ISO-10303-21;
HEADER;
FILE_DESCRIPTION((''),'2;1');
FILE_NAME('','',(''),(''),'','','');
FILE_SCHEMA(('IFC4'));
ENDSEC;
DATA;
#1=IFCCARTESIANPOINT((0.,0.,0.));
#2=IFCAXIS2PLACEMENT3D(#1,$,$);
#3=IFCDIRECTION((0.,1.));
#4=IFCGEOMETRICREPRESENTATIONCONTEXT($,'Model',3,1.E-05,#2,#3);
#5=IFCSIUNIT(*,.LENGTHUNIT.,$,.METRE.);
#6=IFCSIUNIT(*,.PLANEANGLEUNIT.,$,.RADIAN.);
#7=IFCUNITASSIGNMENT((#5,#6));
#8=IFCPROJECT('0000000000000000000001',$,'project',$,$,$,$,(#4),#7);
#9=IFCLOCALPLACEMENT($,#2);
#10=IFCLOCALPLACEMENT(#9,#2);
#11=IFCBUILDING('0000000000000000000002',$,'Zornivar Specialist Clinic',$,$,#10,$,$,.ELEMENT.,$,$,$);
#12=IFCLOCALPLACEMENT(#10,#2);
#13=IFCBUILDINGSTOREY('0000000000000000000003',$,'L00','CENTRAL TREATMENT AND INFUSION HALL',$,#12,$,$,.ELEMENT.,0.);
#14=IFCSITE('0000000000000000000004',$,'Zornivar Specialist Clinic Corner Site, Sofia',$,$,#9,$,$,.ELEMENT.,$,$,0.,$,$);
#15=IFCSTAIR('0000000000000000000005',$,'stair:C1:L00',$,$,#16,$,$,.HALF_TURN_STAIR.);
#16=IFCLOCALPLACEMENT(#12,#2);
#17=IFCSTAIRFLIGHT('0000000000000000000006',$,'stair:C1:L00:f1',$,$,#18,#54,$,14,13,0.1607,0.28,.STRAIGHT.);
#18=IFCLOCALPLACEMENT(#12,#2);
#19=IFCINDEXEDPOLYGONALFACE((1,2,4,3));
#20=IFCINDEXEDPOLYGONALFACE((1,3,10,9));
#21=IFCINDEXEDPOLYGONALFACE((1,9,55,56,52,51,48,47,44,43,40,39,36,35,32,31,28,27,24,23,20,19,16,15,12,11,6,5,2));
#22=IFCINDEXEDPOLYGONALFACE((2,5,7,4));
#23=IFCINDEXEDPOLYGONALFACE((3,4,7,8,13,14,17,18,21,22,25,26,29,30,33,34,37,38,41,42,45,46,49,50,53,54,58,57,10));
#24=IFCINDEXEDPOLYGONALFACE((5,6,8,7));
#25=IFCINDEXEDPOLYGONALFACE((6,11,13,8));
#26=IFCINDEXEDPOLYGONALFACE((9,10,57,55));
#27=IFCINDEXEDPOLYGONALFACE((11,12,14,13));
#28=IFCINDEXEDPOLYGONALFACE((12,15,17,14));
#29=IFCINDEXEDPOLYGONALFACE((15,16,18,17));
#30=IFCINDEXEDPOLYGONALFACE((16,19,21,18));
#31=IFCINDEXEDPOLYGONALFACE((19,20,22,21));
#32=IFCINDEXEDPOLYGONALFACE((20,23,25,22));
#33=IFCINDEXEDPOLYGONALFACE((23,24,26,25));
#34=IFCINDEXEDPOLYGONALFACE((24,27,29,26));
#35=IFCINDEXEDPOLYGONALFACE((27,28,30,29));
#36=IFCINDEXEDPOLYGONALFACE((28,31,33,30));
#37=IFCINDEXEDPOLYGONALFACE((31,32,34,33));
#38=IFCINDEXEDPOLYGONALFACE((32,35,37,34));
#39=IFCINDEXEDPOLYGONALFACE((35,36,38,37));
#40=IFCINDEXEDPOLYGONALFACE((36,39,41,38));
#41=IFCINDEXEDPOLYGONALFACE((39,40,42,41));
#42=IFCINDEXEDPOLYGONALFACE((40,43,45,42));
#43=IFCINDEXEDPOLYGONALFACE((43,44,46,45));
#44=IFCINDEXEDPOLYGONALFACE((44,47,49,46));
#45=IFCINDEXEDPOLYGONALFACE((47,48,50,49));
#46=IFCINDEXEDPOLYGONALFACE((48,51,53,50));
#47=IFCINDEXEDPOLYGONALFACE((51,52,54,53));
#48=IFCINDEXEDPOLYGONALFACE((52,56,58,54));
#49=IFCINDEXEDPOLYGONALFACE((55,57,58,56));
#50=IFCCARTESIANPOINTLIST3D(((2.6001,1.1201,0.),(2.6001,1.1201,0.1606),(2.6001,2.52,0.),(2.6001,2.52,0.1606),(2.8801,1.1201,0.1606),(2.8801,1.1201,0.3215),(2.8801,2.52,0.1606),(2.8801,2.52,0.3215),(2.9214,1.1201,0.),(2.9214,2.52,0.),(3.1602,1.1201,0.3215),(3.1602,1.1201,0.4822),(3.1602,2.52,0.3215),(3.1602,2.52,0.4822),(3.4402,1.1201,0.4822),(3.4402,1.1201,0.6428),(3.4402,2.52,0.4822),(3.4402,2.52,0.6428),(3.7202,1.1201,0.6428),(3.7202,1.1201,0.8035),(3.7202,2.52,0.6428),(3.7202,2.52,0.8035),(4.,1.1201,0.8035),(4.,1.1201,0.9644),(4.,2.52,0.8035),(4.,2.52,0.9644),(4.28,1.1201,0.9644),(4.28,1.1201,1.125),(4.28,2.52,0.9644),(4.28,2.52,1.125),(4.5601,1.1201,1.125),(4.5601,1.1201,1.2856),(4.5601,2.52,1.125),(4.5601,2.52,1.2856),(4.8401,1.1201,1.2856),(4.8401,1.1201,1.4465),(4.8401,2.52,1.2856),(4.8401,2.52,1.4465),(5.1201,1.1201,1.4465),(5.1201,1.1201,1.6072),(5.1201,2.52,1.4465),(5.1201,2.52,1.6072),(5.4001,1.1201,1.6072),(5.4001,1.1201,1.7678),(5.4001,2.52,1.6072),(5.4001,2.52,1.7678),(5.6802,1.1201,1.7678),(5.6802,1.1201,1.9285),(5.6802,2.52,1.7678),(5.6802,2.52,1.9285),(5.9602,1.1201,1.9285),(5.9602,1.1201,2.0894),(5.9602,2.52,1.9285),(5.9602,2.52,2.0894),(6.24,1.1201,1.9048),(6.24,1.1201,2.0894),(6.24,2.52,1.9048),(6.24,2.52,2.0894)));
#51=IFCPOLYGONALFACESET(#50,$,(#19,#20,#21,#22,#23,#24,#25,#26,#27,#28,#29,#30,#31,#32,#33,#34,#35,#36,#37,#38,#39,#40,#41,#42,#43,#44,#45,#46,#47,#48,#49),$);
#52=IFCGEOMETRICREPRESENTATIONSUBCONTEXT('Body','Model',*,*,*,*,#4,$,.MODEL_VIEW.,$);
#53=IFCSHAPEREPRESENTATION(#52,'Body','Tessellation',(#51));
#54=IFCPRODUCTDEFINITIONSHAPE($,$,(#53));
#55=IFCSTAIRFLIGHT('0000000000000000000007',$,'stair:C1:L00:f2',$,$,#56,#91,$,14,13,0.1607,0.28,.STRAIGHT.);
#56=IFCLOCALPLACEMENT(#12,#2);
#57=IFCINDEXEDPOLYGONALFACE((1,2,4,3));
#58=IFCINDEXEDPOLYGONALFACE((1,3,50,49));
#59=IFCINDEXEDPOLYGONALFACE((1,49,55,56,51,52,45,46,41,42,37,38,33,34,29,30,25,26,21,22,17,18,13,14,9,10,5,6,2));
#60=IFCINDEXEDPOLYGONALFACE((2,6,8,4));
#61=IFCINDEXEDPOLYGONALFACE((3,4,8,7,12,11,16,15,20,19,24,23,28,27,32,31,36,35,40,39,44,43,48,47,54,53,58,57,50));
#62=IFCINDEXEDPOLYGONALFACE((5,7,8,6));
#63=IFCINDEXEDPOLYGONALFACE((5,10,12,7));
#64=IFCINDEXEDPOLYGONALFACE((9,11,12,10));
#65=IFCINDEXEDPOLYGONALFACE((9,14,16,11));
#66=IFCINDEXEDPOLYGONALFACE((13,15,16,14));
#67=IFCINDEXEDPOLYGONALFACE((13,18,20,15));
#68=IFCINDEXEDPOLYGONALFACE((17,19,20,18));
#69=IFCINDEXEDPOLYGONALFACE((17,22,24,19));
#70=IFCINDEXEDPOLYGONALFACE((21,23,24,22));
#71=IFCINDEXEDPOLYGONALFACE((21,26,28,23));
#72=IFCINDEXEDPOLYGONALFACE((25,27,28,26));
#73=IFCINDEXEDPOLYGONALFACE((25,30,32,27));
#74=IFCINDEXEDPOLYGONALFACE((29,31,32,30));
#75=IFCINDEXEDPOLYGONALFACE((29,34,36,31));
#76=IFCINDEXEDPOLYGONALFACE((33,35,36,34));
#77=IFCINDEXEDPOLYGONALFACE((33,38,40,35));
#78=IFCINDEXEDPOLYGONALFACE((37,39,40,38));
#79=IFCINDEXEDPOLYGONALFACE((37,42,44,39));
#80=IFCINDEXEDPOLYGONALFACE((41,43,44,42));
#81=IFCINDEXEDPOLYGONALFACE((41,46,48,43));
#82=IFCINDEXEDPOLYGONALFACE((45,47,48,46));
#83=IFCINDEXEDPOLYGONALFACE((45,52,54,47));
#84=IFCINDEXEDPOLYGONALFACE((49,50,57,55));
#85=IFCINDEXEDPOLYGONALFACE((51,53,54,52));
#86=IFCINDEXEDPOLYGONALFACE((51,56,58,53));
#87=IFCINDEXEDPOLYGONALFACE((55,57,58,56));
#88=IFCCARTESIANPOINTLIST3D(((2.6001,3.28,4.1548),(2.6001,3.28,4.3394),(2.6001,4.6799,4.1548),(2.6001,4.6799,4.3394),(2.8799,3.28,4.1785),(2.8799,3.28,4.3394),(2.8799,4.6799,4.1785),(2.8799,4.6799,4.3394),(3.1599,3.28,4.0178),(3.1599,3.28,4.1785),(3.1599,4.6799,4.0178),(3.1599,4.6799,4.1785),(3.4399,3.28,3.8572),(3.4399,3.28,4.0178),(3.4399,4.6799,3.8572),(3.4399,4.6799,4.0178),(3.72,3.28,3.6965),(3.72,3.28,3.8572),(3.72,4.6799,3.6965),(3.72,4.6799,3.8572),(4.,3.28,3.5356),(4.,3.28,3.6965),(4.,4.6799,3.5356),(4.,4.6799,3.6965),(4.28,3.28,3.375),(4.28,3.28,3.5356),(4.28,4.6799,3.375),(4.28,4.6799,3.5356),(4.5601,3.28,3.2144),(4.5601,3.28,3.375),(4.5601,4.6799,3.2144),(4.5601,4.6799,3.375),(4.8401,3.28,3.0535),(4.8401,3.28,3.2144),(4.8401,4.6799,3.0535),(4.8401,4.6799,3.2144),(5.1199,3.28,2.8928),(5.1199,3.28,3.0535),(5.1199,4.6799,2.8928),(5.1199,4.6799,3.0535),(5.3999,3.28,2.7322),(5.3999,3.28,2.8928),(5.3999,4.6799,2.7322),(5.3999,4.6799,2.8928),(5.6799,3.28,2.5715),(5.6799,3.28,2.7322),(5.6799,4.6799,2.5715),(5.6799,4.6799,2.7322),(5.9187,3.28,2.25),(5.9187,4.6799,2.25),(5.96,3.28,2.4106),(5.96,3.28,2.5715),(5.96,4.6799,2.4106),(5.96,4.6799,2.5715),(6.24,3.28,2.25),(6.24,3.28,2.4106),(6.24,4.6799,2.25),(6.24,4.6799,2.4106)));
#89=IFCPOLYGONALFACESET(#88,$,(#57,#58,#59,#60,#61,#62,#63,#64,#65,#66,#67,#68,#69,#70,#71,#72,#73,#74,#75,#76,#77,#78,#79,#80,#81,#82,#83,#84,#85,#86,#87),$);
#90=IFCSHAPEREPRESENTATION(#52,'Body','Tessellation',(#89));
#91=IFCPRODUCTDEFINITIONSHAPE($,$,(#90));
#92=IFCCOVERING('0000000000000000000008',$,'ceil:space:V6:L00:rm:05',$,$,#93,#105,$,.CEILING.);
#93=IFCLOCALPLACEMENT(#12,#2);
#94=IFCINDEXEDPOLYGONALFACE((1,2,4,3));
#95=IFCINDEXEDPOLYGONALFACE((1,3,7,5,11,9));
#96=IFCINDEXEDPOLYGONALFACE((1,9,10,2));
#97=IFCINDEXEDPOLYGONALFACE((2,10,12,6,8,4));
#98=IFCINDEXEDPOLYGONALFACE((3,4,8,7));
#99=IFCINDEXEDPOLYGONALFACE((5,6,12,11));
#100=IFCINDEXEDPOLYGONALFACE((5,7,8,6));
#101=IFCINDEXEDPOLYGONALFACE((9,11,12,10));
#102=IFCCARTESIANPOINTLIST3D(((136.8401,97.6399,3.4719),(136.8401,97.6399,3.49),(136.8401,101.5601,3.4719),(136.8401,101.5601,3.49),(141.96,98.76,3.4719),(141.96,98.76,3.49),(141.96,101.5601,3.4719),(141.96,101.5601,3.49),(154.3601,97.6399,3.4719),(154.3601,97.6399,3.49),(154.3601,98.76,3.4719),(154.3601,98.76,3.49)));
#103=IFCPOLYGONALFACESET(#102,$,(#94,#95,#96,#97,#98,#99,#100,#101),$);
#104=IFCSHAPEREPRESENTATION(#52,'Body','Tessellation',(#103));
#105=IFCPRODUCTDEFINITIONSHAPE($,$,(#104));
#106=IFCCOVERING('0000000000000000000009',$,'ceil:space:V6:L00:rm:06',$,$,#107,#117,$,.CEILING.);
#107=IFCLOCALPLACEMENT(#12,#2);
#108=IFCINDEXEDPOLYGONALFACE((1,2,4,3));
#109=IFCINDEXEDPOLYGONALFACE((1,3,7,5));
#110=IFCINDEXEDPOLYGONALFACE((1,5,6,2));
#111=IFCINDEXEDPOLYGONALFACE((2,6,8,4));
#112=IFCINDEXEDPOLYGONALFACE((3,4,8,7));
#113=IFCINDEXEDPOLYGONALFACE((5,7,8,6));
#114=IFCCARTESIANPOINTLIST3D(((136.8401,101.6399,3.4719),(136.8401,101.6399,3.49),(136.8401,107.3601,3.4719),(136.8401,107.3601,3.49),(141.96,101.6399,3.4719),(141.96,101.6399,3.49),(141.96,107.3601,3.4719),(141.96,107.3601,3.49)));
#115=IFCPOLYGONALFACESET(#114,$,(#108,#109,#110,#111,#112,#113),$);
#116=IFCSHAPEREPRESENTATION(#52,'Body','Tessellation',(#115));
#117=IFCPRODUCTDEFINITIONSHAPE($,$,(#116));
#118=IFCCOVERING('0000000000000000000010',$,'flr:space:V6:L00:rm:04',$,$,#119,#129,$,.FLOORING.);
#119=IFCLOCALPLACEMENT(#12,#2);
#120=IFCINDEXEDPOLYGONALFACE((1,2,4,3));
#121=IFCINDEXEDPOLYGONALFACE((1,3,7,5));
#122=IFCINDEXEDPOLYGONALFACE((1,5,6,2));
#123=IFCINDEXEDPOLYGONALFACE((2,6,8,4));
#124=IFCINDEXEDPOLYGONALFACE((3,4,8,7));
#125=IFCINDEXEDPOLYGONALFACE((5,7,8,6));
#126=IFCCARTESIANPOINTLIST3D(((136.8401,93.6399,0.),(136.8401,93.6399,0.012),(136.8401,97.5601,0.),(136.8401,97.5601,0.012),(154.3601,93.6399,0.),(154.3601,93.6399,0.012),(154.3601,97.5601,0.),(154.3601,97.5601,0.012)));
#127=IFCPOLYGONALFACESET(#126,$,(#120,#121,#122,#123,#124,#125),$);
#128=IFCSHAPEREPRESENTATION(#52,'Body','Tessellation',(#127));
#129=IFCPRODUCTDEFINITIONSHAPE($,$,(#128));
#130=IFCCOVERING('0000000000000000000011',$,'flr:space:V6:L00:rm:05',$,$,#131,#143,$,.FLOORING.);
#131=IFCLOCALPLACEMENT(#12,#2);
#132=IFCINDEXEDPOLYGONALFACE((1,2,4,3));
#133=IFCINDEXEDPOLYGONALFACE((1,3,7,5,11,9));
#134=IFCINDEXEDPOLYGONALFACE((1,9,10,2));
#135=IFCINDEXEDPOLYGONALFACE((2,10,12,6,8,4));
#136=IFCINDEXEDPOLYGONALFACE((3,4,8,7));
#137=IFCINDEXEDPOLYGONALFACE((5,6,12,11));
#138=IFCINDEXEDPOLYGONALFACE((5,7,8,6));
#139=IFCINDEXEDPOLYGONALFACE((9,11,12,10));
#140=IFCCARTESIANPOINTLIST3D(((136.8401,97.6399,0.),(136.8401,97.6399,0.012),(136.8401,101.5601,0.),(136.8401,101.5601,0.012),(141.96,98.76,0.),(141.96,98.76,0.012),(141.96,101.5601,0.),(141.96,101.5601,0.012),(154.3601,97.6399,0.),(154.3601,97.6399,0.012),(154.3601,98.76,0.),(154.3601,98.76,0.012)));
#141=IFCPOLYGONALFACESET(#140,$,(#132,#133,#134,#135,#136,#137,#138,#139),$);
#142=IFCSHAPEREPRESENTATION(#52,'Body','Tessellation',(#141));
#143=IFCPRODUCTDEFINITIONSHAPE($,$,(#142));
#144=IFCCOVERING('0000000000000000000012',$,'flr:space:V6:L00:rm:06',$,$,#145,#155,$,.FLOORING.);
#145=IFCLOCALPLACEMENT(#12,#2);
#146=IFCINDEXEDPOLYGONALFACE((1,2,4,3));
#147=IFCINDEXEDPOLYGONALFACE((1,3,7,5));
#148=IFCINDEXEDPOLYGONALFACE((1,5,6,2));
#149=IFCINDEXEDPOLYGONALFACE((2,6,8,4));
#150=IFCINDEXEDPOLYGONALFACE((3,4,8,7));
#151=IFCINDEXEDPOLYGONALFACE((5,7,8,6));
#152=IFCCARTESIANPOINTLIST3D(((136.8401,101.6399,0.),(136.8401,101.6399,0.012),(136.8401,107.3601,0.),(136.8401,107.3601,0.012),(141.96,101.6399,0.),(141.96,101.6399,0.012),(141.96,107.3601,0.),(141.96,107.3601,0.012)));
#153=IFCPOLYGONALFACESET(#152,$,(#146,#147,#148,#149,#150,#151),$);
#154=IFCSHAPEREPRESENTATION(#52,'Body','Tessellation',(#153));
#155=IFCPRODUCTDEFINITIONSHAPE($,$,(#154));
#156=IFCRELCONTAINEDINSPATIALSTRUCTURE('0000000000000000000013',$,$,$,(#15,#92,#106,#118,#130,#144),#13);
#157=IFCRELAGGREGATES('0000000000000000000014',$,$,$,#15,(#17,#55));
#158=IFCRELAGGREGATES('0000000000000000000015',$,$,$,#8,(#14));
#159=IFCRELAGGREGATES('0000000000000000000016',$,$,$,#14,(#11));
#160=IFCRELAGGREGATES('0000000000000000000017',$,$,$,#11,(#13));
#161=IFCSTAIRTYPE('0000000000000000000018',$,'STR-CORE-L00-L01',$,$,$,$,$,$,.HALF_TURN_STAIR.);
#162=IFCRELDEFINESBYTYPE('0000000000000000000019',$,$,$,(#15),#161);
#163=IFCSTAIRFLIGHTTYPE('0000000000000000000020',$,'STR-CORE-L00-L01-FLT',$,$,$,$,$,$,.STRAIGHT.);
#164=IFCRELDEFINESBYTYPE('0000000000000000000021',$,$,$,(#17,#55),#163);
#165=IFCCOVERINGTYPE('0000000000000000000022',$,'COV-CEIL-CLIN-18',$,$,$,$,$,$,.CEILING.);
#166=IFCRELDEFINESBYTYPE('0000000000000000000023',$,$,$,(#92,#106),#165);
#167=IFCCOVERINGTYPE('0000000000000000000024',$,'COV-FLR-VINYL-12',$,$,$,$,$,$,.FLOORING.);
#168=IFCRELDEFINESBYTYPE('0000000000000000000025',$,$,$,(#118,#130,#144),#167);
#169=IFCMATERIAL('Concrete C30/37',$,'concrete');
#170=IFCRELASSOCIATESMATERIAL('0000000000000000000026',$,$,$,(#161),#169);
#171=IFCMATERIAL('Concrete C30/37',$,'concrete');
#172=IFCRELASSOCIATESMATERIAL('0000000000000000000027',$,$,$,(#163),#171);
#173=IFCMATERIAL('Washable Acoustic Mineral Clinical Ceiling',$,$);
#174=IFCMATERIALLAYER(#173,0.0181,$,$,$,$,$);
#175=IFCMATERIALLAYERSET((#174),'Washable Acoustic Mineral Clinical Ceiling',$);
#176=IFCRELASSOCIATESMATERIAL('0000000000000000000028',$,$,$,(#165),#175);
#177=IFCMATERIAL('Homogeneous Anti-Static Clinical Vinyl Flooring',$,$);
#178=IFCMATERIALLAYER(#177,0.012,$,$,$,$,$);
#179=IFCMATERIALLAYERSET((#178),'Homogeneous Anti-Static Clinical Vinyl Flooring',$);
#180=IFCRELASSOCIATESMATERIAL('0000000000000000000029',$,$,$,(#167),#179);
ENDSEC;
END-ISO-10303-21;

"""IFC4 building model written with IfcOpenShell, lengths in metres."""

from ifc_helpers import new_model, si_unit, direction, frame, origin, place, context, subcontext, project, spatial, polyline, outline, extrude, material, layer, layer_set, type_object, element, aggregate, save


model = new_model("IFC4")

# Units and contexts
model_context = context("Model", 3, precision=1e-05, world=origin(), true_north=direction((0.0, 1.0)))
body_context = subcontext(model_context, "Body", "Model", "MODEL_VIEW")
ifc_project = project(units=[si_unit("LENGTHUNIT", "METRE"), si_unit("PLANEANGLEUNIT", "RADIAN")], contexts=[model_context])

# Site, building, storey
site_placement = place(None, origin())
site = spatial("IfcSite", under=ifc_project, at=site_placement, Name="Zornivar Specialist Clinic Corner Site, Sofia", CompositionType="ELEMENT", RefElevation=0.0)
building_placement = place(site_placement, origin())
building = spatial("IfcBuilding", under=site, at=building_placement, Name="Zornivar Specialist Clinic", CompositionType="ELEMENT")
storey_placement = place(building_placement, origin())
storey = spatial("IfcBuildingStorey", under=building, at=storey_placement, Name="L00", Description="CENTRAL TREATMENT AND INFUSION HALL", CompositionType="ELEMENT", Elevation=0.0)

# Stair, stair flights
ifc_material_1 = material(Name="Concrete C30/37", Category="concrete")
stair_type = type_object("IfcStairType", Name="STR-CORE-L00-L01", PredefinedType="HALF_TURN_STAIR", material=ifc_material_1)
stair_placement = place(storey_placement, origin())
stair = element("IfcStair", 1, at=stair_placement, inside=storey, type_object=stair_type, Name="stair:C1:L00", PredefinedType="HALF_TURN_STAIR")
ifc_material_2 = material(Name="Concrete C30/37", Category="concrete")
stair_flight_type = type_object("IfcStairFlightType", Name="STR-CORE-L00-L01-FLT", PredefinedType="STRAIGHT", material=ifc_material_2)
stair_flight_1_placement = place(storey_placement, frame((2.6001, 1.8201, 0.0), z_axis=(0.0, 0.0, 1.0), x_axis=(1.0, 0.0, 0.0)))
stair_flight_1 = element("IfcStairFlight", 2, at=stair_flight_1_placement, type_object=stair_flight_type, Name="stair:C1:L00:f1", NumberOfRisers=14, NumberOfTreads=13, PredefinedType="STRAIGHT", RiserHeight=0.1607, TreadLength=0.28, context=body_context, shape_type="SweptSolid", body=[
    extrude(outline(polyline([(0.0, 0.0), (0.0, 0.1606), (0.28, 0.1606), (0.28, 0.3215), (0.5601, 0.3215), (0.5601, 0.4822), (0.8401, 0.4822), (0.8401, 0.6428), (1.1201, 0.6428), (1.1201, 0.8035), (1.3999, 0.8035), (1.3999, 0.9644), (1.6799, 0.9644), (1.6799, 1.125), (1.96, 1.125), (1.96, 1.2856), (2.24, 1.2856), (2.24, 1.4465), (2.52, 1.4465), (2.52, 1.6072), (2.8, 1.6072), (2.8, 1.7678), (3.0801, 1.7678), (3.0801, 1.9285), (3.3601, 1.9285), (3.3601, 2.0894), (3.6399, 2.0894), (3.6399, 2.25), (3.6399, 1.9048), (0.3213, 0.0), (0.0, 0.0)])), frame((0.0, 0.7, 0.0), z_axis=(0.0, -1.0, 0.0), x_axis=(1.0, 0.0, 0.0)), (0.0, 0.0, 1.0), 1.3999),
])
stair_flight_2_placement = place(storey_placement, frame((6.24, 3.98, 2.25), z_axis=(0.0, 0.0, 1.0), x_axis=(-1.0, 0.0, 0.0)))
stair_flight_2 = element("IfcStairFlight", 3, at=stair_flight_2_placement, type_object=stair_flight_type, Name="stair:C1:L00:f2", NumberOfRisers=14, NumberOfTreads=13, PredefinedType="STRAIGHT", RiserHeight=0.1607, TreadLength=0.28, context=body_context, shape_type="SweptSolid", body=[
    extrude(outline(polyline([(0.0, 0.0), (0.0, 0.1606), (0.28, 0.1606), (0.28, 0.3215), (0.5601, 0.3215), (0.5601, 0.4822), (0.8401, 0.4822), (0.8401, 0.6428), (1.1201, 0.6428), (1.1201, 0.8035), (1.3999, 0.8035), (1.3999, 0.9644), (1.6799, 0.9644), (1.6799, 1.125), (1.96, 1.125), (1.96, 1.2856), (2.24, 1.2856), (2.24, 1.4465), (2.52, 1.4465), (2.52, 1.6072), (2.8, 1.6072), (2.8, 1.7678), (3.0801, 1.7678), (3.0801, 1.9285), (3.3601, 1.9285), (3.3601, 2.0894), (3.6399, 2.0894), (3.6399, 2.25), (3.6399, 1.9048), (0.3213, 0.0), (0.0, 0.0)])), frame((0.0, 0.7, 0.0), z_axis=(0.0, -1.0, 0.0), x_axis=(1.0, 0.0, 0.0)), (0.0, 0.0, 1.0), 1.3999),
])
aggregate(stair, [stair_flight_1, stair_flight_2])

# Coverings
ifc_material_3 = material(Name="Washable Acoustic Mineral Clinical Ceiling")
ifc_layer_1 = layer(ifc_material_3, 0.0181)
ifc_layer_set_1 = layer_set([ifc_layer_1], Name="Washable Acoustic Mineral Clinical Ceiling")
covering_type_1 = type_object("IfcCoveringType", Name="COV-CEIL-CLIN-18", PredefinedType="CEILING", material=ifc_layer_set_1)
covering_1_placement = place(storey_placement, frame((0.0, 0.0, 3.4719)))
element("IfcCovering", 4, at=covering_1_placement, inside=storey, type_object=covering_type_1, Name="ceil:space:V6:L00:rm:05", PredefinedType="CEILING", context=body_context, shape_type="SweptSolid", body=[
    extrude(outline(polyline([(154.3601, 98.76), (154.3601, 97.6399), (136.8401, 97.6399), (136.8401, 101.5601), (141.96, 101.5601), (141.96, 98.76), (154.3601, 98.76)])), origin(), (0.0, 0.0, 1.0), 0.0181),
])
covering_2_placement = place(storey_placement, frame((0.0, 0.0, 3.4719)))
element("IfcCovering", 5, at=covering_2_placement, inside=storey, type_object=covering_type_1, Name="ceil:space:V6:L00:rm:06", PredefinedType="CEILING", context=body_context, shape_type="SweptSolid", body=[
    extrude(outline(polyline([(136.8401, 101.6399), (136.8401, 107.3601), (141.96, 107.3601), (141.96, 101.6399), (136.8401, 101.6399)])), origin(), (0.0, 0.0, 1.0), 0.0181),
])
ifc_material_4 = material(Name="Homogeneous Anti-Static Clinical Vinyl Flooring")
ifc_layer_2 = layer(ifc_material_4, 0.012)
ifc_layer_set_2 = layer_set([ifc_layer_2], Name="Homogeneous Anti-Static Clinical Vinyl Flooring")
covering_type_2 = type_object("IfcCoveringType", Name="COV-FLR-VINYL-12", PredefinedType="FLOORING", material=ifc_layer_set_2)
covering_3_placement = place(storey_placement, origin())
element("IfcCovering", 6, at=covering_3_placement, inside=storey, type_object=covering_type_2, Name="flr:space:V6:L00:rm:04", PredefinedType="FLOORING", context=body_context, shape_type="SweptSolid", body=[
    extrude(outline(polyline([(136.8401, 93.6399), (136.8401, 97.5601), (154.3601, 97.5601), (154.3601, 93.6399), (136.8401, 93.6399)])), origin(), (0.0, 0.0, 1.0), 0.012),
])
covering_4_placement = place(storey_placement, origin())
element("IfcCovering", 7, at=covering_4_placement, inside=storey, type_object=covering_type_2, Name="flr:space:V6:L00:rm:05", PredefinedType="FLOORING", context=body_context, shape_type="SweptSolid", body=[
    extrude(outline(polyline([(154.3601, 98.76), (154.3601, 97.6399), (136.8401, 97.6399), (136.8401, 101.5601), (141.96, 101.5601), (141.96, 98.76), (154.3601, 98.76)])), origin(), (0.0, 0.0, 1.0), 0.012),
])
covering_5_placement = place(storey_placement, origin())
element("IfcCovering", 8, at=covering_5_placement, inside=storey, type_object=covering_type_2, Name="flr:space:V6:L00:rm:06", PredefinedType="FLOORING", context=body_context, shape_type="SweptSolid", body=[
    extrude(outline(polyline([(136.8401, 101.6399), (136.8401, 107.3601), (141.96, 107.3601), (141.96, 101.6399), (136.8401, 101.6399)])), origin(), (0.0, 0.0, 1.0), 0.012),
])

save(model, "model.ifc")
